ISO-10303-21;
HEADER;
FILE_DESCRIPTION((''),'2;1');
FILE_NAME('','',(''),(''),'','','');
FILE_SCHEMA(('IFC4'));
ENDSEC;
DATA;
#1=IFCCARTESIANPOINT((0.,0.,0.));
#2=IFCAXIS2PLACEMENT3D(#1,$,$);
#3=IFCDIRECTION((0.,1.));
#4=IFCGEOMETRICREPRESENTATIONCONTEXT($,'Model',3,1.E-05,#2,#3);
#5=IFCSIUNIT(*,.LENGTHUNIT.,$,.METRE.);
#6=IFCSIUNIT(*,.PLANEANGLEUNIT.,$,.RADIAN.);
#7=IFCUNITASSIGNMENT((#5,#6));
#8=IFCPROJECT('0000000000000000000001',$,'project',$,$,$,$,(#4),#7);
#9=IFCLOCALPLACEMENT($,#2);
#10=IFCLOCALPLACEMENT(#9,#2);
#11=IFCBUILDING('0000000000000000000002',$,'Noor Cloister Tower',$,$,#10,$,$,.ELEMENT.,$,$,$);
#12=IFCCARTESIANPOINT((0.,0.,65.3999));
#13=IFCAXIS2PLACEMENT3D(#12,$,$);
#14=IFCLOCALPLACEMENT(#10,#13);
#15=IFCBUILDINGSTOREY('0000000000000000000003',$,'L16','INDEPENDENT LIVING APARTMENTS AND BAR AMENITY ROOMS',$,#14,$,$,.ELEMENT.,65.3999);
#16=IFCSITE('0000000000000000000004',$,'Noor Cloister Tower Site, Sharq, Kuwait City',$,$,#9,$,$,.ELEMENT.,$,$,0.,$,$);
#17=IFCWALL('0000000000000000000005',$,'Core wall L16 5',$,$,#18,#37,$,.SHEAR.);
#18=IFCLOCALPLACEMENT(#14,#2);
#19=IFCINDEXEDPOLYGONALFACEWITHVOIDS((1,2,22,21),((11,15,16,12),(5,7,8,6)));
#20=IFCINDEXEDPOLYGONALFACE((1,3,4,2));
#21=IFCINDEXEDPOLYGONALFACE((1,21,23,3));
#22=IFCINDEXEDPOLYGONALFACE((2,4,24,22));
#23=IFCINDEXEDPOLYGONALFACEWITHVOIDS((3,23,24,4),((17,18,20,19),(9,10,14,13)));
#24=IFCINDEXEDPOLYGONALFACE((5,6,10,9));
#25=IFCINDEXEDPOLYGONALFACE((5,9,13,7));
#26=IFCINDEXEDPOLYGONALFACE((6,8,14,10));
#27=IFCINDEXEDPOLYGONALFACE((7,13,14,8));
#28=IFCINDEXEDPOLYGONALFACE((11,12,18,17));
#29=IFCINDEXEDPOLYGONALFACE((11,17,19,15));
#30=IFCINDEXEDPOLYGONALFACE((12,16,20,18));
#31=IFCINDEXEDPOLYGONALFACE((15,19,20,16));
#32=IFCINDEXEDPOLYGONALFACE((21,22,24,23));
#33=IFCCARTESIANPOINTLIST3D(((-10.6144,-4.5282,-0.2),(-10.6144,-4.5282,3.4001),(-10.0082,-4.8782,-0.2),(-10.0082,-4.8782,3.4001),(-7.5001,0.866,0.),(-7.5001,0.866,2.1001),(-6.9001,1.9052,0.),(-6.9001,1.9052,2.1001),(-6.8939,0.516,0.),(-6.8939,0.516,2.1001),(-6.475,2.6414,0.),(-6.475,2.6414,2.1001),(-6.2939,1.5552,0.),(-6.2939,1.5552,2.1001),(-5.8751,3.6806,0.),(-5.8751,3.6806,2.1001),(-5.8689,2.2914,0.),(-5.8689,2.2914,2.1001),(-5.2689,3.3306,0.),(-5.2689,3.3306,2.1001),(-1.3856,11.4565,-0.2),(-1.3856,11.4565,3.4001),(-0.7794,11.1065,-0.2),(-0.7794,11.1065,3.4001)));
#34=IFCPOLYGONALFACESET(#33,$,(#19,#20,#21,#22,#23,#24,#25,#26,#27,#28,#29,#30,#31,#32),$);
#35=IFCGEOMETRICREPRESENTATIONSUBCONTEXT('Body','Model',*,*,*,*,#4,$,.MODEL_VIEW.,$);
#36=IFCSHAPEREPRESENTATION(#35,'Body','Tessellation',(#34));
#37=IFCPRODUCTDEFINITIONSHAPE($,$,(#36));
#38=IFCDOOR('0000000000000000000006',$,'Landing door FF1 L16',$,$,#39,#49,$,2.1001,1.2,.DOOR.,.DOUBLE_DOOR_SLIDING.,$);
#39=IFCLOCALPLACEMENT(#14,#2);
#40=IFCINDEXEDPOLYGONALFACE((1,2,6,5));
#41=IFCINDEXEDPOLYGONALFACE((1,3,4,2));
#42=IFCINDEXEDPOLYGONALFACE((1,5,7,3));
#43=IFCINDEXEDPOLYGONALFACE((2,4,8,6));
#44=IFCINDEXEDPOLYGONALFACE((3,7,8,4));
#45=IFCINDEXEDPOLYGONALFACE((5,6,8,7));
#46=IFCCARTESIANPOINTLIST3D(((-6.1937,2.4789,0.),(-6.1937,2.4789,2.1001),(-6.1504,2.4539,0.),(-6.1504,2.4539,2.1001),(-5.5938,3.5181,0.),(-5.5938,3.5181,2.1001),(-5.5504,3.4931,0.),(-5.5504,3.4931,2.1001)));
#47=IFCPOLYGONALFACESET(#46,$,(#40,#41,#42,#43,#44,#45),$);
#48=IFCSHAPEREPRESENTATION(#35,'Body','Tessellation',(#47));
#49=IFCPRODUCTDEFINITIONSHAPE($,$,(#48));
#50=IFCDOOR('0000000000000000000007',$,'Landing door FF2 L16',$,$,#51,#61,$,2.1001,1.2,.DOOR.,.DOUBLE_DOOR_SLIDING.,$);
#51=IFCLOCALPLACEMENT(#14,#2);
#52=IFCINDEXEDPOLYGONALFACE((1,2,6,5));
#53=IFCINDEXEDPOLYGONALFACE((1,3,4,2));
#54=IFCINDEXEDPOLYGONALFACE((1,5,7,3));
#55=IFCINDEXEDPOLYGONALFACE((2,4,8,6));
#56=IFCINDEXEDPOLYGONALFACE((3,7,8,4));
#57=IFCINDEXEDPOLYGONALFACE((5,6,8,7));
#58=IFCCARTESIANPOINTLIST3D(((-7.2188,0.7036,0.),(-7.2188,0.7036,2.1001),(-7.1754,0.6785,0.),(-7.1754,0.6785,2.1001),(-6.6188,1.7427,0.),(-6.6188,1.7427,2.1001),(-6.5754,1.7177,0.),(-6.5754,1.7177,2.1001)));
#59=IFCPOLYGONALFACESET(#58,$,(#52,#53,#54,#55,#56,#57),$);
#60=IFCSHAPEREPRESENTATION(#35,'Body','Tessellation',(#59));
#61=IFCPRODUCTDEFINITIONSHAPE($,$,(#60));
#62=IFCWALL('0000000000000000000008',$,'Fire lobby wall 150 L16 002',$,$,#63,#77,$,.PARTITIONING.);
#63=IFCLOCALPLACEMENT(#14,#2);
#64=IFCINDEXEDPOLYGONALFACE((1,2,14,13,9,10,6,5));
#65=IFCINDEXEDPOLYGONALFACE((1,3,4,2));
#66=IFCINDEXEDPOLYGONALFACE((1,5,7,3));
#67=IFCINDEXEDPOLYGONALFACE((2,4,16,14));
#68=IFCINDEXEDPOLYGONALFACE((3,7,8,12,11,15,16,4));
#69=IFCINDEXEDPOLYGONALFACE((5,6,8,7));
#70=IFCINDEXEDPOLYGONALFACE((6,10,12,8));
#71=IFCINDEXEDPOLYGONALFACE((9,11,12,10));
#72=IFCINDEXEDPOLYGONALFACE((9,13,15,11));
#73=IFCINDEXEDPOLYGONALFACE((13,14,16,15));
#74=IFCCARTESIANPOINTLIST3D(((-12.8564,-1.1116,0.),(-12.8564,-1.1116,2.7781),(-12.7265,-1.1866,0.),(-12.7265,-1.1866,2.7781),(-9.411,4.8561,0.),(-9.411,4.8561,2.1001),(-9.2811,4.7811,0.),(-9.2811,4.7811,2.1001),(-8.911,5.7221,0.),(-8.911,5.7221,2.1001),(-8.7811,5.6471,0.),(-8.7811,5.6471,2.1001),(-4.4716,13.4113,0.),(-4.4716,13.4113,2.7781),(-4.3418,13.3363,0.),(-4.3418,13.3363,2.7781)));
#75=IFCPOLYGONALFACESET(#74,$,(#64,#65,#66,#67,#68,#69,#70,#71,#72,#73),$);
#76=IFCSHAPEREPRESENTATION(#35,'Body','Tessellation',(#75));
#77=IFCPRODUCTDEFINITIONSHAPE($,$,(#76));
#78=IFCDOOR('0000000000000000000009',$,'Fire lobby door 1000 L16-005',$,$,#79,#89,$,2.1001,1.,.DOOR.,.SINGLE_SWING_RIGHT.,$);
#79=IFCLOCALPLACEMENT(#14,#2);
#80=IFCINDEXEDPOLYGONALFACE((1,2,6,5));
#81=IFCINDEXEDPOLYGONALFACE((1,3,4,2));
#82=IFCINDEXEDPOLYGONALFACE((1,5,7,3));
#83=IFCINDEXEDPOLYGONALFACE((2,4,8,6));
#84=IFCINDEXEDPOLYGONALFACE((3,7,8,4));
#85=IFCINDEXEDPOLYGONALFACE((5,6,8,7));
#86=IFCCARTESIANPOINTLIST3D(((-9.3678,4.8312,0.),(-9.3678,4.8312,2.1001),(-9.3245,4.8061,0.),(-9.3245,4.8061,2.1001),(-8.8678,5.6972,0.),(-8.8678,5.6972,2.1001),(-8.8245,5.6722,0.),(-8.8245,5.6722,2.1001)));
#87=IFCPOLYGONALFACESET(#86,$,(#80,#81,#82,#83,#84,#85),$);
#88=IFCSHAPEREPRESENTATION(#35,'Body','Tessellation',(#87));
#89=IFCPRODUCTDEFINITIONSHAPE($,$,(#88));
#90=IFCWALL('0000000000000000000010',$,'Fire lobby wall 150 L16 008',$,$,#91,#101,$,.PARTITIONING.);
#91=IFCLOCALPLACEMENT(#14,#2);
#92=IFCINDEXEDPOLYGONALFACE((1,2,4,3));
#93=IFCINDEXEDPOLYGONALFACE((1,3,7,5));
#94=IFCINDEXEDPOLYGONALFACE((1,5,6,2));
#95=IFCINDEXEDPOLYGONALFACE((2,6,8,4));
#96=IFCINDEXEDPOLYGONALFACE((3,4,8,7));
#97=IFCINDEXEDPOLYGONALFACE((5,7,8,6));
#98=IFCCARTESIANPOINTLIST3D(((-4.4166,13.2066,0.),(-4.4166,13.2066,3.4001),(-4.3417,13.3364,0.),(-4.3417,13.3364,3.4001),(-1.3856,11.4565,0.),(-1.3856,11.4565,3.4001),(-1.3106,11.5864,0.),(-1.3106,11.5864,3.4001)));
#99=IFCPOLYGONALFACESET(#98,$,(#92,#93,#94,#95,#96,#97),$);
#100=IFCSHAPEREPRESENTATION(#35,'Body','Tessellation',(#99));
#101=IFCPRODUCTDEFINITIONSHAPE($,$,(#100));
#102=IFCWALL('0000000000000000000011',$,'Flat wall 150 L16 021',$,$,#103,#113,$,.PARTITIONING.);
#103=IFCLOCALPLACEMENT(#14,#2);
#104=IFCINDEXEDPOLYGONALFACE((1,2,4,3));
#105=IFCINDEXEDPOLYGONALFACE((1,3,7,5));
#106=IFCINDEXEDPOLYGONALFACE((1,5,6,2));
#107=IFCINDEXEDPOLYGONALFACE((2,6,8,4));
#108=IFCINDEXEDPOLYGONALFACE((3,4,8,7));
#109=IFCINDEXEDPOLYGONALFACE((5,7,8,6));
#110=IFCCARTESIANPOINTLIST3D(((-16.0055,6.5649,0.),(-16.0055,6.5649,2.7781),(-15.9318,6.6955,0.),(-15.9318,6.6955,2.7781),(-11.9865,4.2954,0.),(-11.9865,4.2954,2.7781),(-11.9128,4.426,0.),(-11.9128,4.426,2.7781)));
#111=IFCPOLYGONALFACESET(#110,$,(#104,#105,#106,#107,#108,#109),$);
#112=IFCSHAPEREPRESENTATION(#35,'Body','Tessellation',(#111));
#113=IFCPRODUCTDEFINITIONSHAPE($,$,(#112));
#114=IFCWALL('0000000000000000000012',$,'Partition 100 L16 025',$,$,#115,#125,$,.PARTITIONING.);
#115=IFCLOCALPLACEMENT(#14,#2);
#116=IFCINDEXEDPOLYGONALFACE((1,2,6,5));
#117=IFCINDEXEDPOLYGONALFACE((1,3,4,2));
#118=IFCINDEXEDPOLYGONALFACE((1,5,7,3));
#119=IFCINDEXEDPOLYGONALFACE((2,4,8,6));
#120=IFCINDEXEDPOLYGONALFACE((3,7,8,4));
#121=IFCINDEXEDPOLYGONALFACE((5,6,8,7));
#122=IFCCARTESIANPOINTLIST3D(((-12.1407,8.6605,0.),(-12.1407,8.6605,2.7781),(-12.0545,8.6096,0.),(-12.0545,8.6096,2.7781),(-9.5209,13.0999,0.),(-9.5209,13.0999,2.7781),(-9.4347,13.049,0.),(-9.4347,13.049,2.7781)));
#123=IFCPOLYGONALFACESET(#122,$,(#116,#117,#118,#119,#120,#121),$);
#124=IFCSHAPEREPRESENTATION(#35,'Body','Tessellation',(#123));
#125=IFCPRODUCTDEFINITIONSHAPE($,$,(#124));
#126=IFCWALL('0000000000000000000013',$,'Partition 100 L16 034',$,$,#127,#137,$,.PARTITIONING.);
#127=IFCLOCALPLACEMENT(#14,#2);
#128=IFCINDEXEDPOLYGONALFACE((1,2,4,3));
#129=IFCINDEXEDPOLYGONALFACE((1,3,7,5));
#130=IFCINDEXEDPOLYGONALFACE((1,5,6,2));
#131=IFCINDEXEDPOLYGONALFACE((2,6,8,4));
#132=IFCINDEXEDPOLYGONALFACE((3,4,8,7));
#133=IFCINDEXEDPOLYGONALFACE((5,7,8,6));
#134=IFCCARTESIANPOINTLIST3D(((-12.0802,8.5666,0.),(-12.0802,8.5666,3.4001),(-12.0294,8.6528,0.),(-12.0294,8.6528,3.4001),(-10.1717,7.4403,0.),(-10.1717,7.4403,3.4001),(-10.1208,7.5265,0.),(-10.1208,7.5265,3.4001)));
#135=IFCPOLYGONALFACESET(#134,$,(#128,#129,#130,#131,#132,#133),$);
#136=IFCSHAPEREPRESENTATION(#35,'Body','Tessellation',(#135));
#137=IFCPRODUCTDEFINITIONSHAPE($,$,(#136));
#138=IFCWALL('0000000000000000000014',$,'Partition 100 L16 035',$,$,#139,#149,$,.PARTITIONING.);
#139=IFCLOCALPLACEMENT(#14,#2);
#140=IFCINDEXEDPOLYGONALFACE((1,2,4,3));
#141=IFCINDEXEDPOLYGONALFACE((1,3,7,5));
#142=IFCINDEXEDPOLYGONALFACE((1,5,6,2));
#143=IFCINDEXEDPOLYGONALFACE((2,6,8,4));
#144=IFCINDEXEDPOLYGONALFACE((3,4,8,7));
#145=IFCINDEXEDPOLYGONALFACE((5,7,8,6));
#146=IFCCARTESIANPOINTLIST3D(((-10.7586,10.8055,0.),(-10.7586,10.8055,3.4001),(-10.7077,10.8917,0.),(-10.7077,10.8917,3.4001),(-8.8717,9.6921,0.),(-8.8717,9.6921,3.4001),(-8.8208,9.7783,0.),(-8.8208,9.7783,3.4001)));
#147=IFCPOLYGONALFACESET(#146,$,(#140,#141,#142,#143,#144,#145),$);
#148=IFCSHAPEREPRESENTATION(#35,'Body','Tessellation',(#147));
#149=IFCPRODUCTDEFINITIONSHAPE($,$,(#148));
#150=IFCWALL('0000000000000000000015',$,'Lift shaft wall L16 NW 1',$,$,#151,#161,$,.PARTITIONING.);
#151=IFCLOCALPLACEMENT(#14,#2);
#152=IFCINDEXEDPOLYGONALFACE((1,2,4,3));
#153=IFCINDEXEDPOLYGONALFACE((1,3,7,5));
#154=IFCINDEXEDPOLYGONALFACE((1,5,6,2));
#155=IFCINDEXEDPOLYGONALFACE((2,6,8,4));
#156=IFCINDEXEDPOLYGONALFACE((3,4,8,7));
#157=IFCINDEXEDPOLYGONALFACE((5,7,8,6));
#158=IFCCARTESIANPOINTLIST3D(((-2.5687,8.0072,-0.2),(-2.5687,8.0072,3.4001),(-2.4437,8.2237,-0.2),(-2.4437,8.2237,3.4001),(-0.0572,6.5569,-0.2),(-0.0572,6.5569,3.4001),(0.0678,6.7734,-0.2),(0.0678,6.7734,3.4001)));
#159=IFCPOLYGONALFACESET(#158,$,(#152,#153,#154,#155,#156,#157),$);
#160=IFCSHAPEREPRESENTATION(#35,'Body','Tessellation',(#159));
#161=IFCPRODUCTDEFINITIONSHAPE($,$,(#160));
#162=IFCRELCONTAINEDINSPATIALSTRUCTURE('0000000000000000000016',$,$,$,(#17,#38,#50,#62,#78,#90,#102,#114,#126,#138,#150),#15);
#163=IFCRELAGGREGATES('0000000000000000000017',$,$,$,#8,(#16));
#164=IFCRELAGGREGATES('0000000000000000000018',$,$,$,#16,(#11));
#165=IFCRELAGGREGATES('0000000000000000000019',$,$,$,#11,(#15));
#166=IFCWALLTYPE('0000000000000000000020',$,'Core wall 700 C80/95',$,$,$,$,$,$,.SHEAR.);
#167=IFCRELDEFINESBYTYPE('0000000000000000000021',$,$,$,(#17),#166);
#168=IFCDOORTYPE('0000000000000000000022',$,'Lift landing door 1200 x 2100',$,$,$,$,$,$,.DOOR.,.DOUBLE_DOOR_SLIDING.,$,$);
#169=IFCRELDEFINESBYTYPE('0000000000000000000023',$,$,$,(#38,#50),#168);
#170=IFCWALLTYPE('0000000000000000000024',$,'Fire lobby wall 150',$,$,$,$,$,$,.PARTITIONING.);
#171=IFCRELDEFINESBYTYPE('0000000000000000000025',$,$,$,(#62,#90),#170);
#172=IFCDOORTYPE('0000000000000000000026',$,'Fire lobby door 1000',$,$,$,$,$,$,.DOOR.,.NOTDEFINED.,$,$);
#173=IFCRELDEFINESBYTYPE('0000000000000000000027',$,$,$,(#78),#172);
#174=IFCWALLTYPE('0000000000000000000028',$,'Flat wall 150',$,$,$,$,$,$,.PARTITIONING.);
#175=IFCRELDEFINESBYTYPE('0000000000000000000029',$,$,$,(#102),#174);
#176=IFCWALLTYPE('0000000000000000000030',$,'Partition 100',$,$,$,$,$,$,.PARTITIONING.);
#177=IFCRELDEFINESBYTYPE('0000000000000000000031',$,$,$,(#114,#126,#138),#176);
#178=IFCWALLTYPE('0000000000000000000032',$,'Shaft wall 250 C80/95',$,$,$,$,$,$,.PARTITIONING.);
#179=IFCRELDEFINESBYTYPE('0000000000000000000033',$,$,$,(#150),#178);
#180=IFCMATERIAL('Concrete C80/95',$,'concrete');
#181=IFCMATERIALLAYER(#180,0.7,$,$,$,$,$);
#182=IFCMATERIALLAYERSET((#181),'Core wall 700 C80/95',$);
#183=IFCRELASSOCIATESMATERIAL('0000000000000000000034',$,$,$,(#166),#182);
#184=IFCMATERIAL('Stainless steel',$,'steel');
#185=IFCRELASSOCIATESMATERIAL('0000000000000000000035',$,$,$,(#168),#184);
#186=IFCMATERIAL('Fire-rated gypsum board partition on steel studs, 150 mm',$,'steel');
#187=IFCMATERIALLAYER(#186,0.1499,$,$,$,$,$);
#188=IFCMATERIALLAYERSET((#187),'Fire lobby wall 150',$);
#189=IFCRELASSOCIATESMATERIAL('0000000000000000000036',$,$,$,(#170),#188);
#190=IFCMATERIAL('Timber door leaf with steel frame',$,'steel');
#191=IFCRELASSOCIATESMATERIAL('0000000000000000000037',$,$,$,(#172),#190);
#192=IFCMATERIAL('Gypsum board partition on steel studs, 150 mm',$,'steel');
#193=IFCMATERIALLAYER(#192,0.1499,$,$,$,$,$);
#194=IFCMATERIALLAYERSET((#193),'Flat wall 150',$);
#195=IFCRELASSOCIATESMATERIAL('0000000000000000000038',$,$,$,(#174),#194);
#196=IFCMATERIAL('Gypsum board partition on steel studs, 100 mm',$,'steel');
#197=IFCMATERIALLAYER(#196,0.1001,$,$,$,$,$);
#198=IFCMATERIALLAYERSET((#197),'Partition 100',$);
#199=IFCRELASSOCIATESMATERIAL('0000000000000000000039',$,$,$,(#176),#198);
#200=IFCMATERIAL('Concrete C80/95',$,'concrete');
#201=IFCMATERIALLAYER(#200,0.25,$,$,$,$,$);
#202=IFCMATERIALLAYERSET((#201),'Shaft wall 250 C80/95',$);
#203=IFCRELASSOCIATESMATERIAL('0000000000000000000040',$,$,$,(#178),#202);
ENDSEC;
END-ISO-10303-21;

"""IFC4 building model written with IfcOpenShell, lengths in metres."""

from ifc_helpers import new_model, si_unit, direction, frame, frame_2d, origin, place, context, subcontext, project, spatial, rectangle, extrude, material, layer, layer_set, type_object, element, fill, save


model = new_model("IFC4")

# Units and contexts
model_context = context("Model", 3, precision=1e-05, world=origin(), true_north=direction((0.0, 1.0)))
body_context = subcontext(model_context, "Body", "Model", "MODEL_VIEW")
ifc_project = project(units=[si_unit("LENGTHUNIT", "METRE"), si_unit("PLANEANGLEUNIT", "RADIAN")], contexts=[model_context])

# Site, building, storey
site_placement = place(None, origin())
site = spatial("IfcSite", under=ifc_project, at=site_placement, Name="Noor Cloister Tower Site, Sharq, Kuwait City", CompositionType="ELEMENT", RefElevation=0.0)
building_placement = place(site_placement, origin())
building = spatial("IfcBuilding", under=site, at=building_placement, Name="Noor Cloister Tower", CompositionType="ELEMENT")
storey_placement = place(building_placement, frame((0.0, 0.0, 65.3999)))
storey = spatial("IfcBuildingStorey", under=building, at=storey_placement, Name="L16", Description="INDEPENDENT LIVING APARTMENTS AND BAR AMENITY ROOMS", CompositionType="ELEMENT", Elevation=65.3999)

# Wall, openings, doors
ifc_material_1 = material(Name="Concrete C80/95", Category="concrete")
ifc_layer_1 = layer(ifc_material_1, 0.7)
ifc_layer_set_1 = layer_set([ifc_layer_1], Name="Core wall 700 C80/95")
wall_type_1 = type_object("IfcWallType", Name="Core wall 700 C80/95", PredefinedType="SHEAR", material=ifc_layer_set_1)
wall_1_placement = place(storey_placement, frame((-1.0825, 11.2815, -0.2), z_axis=(0.0, 0.0, 1.0), x_axis=(-0.500001, -0.866025, 0.0)))
wall_1 = element("IfcWall", 1, at=wall_1_placement, inside=storey, type_object=wall_type_1, Name="Core wall L16 5", PredefinedType="SHEAR", context=body_context, shape_type="SweptSolid", body=[
    extrude(rectangle(XDim=18.4575, YDim=0.7, at=frame_2d((9.2288, 0.0))), origin(), (0.0, 0.0, 1.0), 3.6001),
])
opening_1_placement = place(wall_1_placement, frame((8.9788, 0.0, 0.2)))
opening_1 = element("IfcOpeningElement", 2, at=opening_1_placement, cuts=wall_1, PredefinedType="OPENING", context=body_context, shape_type="SweptSolid", body=[
    extrude(rectangle(XDim=1.2, YDim=2.1001, at=frame_2d((0.6001, 1.05))), frame((0.0, 0.3599, 0.0), z_axis=(0.0, -1.0, 0.0), x_axis=(1.0, 0.0, 0.0)), (0.0, 0.0, 1.0), 0.72),
])
opening_2_placement = place(wall_1_placement, frame((11.0288, 0.0, 0.2)))
opening_2 = element("IfcOpeningElement", 3, at=opening_2_placement, cuts=wall_1, PredefinedType="OPENING", context=body_context, shape_type="SweptSolid", body=[
    extrude(rectangle(XDim=1.2, YDim=2.1001, at=frame_2d((0.6001, 1.05))), frame((0.0, 0.3599, 0.0), z_axis=(0.0, -1.0, 0.0), x_axis=(1.0, 0.0, 0.0)), (0.0, 0.0, 1.0), 0.72),
])
ifc_material_2 = material(Name="Stainless steel", Category="steel")
door_type_1 = type_object("IfcDoorType", Name="Lift landing door 1200 x 2100", OperationType="DOUBLE_DOOR_SLIDING", PredefinedType="DOOR", material=ifc_material_2)
door_1_placement = place(opening_1_placement, origin())
door_1 = element("IfcDoor", 4, at=door_1_placement, inside=storey, type_object=door_type_1, Name="Landing door FF1 L16", OperationType="DOUBLE_DOOR_SLIDING", OverallHeight=2.1001, OverallWidth=1.2, PredefinedType="DOOR", context=body_context, shape_type="SweptSolid", body=[
    extrude(rectangle(XDim=1.2, YDim=2.1001, at=frame_2d((0.6001, 1.05))), frame((0.0, 0.0249, 0.0), z_axis=(0.0, -1.0, 0.0), x_axis=(1.0, 0.0, 0.0)), (0.0, 0.0, 1.0), 0.05),
])
fill(opening_1, door_1)
door_2_placement = place(opening_2_placement, origin())
door_2 = element("IfcDoor", 5, at=door_2_placement, inside=storey, type_object=door_type_1, Name="Landing door FF2 L16", OperationType="DOUBLE_DOOR_SLIDING", OverallHeight=2.1001, OverallWidth=1.2, PredefinedType="DOOR", context=body_context, shape_type="SweptSolid", body=[
    extrude(rectangle(XDim=1.2, YDim=2.1001, at=frame_2d((0.6001, 1.05))), frame((0.0, 0.0249, 0.0), z_axis=(0.0, -1.0, 0.0), x_axis=(1.0, 0.0, 0.0)), (0.0, 0.0, 1.0), 0.05),
])
fill(opening_2, door_2)

# Wall, opening, door
ifc_material_3 = material(Name="Fire-rated gypsum board partition on steel studs, 150 mm", Category="steel")
ifc_layer_2 = layer(ifc_material_3, 0.1499)
ifc_layer_set_2 = layer_set([ifc_layer_2], Name="Fire lobby wall 150")
wall_type_2 = type_object("IfcWallType", Name="Fire lobby wall 150", PredefinedType="PARTITIONING", material=ifc_layer_set_2)
wall_2_placement = place(storey_placement, frame((-4.4067, 13.3738, 0.0), z_axis=(0.0, 0.0, 1.0), x_axis=(-0.499997, -0.866027, 0.0)))
wall_2 = element("IfcWall", 6, at=wall_2_placement, inside=storey, type_object=wall_type_2, Name="Fire lobby wall 150 L16 002", PredefinedType="PARTITIONING", context=body_context, shape_type="SweptSolid", body=[
    extrude(rectangle(XDim=16.7695, YDim=0.1499, at=frame_2d((8.3848, 0.0))), origin(), (0.0, 0.0, 1.0), 2.7781),
])
opening_3_placement = place(wall_2_placement, frame((8.8787, 0.0, 0.0)))
opening_3 = element("IfcOpeningElement", 7, at=opening_3_placement, cuts=wall_2, PredefinedType="OPENING", context=body_context, shape_type="SweptSolid", body=[
    extrude(rectangle(XDim=1.0, YDim=2.1001, at=frame_2d((0.5, 1.05))), frame((0.0, 0.085, 0.0), z_axis=(0.0, -1.0, 0.0), x_axis=(1.0, 0.0, 0.0)), (0.0, 0.0, 1.0), 0.1699),
])
ifc_material_4 = material(Name="Timber door leaf with steel frame", Category="steel")
door_type_2 = type_object("IfcDoorType", Name="Fire lobby door 1000", OperationType="NOTDEFINED", PredefinedType="DOOR", material=ifc_material_4)
door_3_placement = place(opening_3_placement, origin())
door_3 = element("IfcDoor", 8, at=door_3_placement, inside=storey, type_object=door_type_2, Name="Fire lobby door 1000 L16-005", OperationType="SINGLE_SWING_RIGHT", OverallHeight=2.1001, OverallWidth=1.0, PredefinedType="DOOR", context=body_context, shape_type="SweptSolid", body=[
    extrude(rectangle(XDim=1.0, YDim=2.1001, at=frame_2d((0.5, 1.05))), frame((0.0, 0.0249, 0.0), z_axis=(0.0, -1.0, 0.0), x_axis=(1.0, 0.0, 0.0)), (0.0, 0.0, 1.0), 0.05),
])
fill(opening_3, door_3)

# Walls
wall_3_placement = place(storey_placement, frame((-4.3792, 13.2715, 0.0), z_axis=(0.0, 0.0, 1.0), x_axis=(0.866019, -0.50001, 0.0)))
element("IfcWall", 9, at=wall_3_placement, inside=storey, type_object=wall_type_2, Name="Fire lobby wall 150 L16 008", PredefinedType="PARTITIONING", context=body_context, shape_type="SweptSolid", body=[
    extrude(rectangle(XDim=3.5, YDim=0.1499, at=frame_2d((1.75, 0.0))), origin(), (0.0, 0.0, 1.0), 3.4001),
])
ifc_material_5 = material(Name="Gypsum board partition on steel studs, 150 mm", Category="steel")
ifc_layer_3 = layer(ifc_material_5, 0.1499)
ifc_layer_set_3 = layer_set([ifc_layer_3], Name="Flat wall 150")
wall_type_3 = type_object("IfcWallType", Name="Flat wall 150", PredefinedType="PARTITIONING", material=ifc_layer_set_3)
wall_4_placement = place(storey_placement, frame((-15.9685, 6.6301, 0.0), z_axis=(0.0, 0.0, 1.0), x_axis=(0.870758, -0.491712, 0.0)))
element("IfcWall", 10, at=wall_4_placement, inside=storey, type_object=wall_type_3, Name="Flat wall 150 L16 021", PredefinedType="PARTITIONING", context=body_context, shape_type="SweptSolid", body=[
    extrude(rectangle(XDim=4.6155, YDim=0.1499, at=frame_2d((2.3076, 0.0))), origin(), (0.0, 0.0, 1.0), 2.7781),
])
ifc_material_6 = material(Name="Gypsum board partition on steel studs, 100 mm", Category="steel")
ifc_layer_4 = layer(ifc_material_6, 0.1001)
ifc_layer_set_4 = layer_set([ifc_layer_4], Name="Partition 100")
wall_type_4 = type_object("IfcWallType", Name="Partition 100", PredefinedType="PARTITIONING", material=ifc_layer_set_4)
wall_5_placement = place(storey_placement, frame((-9.4778, 13.0745, 0.0), z_axis=(0.0, 0.0, 1.0), x_axis=(-0.508235, -0.861219, 0.0)))
element("IfcWall", 11, at=wall_5_placement, inside=storey, type_object=wall_type_4, Name="Partition 100 L16 025", PredefinedType="PARTITIONING", context=body_context, shape_type="SweptSolid", body=[
    extrude(rectangle(XDim=5.1548, YDim=0.1001, at=frame_2d((2.5774, 0.0))), origin(), (0.0, 0.0, 1.0), 2.7781),
])
wall_6_placement = place(storey_placement, frame((-12.0547, 8.6096, 0.0), z_axis=(0.0, 0.0, 1.0), x_axis=(0.861222, -0.508228, 0.0)))
element("IfcWall", 12, at=wall_6_placement, inside=storey, type_object=wall_type_4, Name="Partition 100 L16 034", PredefinedType="PARTITIONING", context=body_context, shape_type="SweptSolid", body=[
    extrude(rectangle(XDim=2.2161, YDim=0.1001, at=frame_2d((1.1079, 0.0))), origin(), (0.0, 0.0, 1.0), 3.4001),
])
wall_7_placement = place(storey_placement, frame((-10.7332, 10.8486, 0.0), z_axis=(0.0, 0.0, 1.0), x_axis=(0.861226, -0.508222, 0.0)))
element("IfcWall", 13, at=wall_7_placement, inside=storey, type_object=wall_type_4, Name="Partition 100 L16 035", PredefinedType="PARTITIONING", context=body_context, shape_type="SweptSolid", body=[
    extrude(rectangle(XDim=2.1909, YDim=0.1001, at=frame_2d((1.0955, 0.0))), origin(), (0.0, 0.0, 1.0), 3.4001),
])
ifc_material_7 = material(Name="Concrete C80/95", Category="concrete")
ifc_layer_5 = layer(ifc_material_7, 0.25)
ifc_layer_set_5 = layer_set([ifc_layer_5], Name="Shaft wall 250 C80/95")
wall_type_5 = type_object("IfcWallType", Name="Shaft wall 250 C80/95", PredefinedType="PARTITIONING", material=ifc_layer_set_5)
wall_8_placement = place(storey_placement, frame((-2.5063, 8.1155, -0.2), z_axis=(0.0, 0.0, 1.0), x_axis=(0.865996, -0.50005, 0.0)))
element("IfcWall", 14, at=wall_8_placement, inside=storey, type_object=wall_type_5, Name="Lift shaft wall L16 NW 1", PredefinedType="PARTITIONING", context=body_context, shape_type="SweptSolid", body=[
    extrude(rectangle(XDim=2.9001, YDim=0.25, at=frame_2d((1.4502, 0.0))), origin(), (0.0, 0.0, 1.0), 3.6001),
])

save(model, "model.ifc")
